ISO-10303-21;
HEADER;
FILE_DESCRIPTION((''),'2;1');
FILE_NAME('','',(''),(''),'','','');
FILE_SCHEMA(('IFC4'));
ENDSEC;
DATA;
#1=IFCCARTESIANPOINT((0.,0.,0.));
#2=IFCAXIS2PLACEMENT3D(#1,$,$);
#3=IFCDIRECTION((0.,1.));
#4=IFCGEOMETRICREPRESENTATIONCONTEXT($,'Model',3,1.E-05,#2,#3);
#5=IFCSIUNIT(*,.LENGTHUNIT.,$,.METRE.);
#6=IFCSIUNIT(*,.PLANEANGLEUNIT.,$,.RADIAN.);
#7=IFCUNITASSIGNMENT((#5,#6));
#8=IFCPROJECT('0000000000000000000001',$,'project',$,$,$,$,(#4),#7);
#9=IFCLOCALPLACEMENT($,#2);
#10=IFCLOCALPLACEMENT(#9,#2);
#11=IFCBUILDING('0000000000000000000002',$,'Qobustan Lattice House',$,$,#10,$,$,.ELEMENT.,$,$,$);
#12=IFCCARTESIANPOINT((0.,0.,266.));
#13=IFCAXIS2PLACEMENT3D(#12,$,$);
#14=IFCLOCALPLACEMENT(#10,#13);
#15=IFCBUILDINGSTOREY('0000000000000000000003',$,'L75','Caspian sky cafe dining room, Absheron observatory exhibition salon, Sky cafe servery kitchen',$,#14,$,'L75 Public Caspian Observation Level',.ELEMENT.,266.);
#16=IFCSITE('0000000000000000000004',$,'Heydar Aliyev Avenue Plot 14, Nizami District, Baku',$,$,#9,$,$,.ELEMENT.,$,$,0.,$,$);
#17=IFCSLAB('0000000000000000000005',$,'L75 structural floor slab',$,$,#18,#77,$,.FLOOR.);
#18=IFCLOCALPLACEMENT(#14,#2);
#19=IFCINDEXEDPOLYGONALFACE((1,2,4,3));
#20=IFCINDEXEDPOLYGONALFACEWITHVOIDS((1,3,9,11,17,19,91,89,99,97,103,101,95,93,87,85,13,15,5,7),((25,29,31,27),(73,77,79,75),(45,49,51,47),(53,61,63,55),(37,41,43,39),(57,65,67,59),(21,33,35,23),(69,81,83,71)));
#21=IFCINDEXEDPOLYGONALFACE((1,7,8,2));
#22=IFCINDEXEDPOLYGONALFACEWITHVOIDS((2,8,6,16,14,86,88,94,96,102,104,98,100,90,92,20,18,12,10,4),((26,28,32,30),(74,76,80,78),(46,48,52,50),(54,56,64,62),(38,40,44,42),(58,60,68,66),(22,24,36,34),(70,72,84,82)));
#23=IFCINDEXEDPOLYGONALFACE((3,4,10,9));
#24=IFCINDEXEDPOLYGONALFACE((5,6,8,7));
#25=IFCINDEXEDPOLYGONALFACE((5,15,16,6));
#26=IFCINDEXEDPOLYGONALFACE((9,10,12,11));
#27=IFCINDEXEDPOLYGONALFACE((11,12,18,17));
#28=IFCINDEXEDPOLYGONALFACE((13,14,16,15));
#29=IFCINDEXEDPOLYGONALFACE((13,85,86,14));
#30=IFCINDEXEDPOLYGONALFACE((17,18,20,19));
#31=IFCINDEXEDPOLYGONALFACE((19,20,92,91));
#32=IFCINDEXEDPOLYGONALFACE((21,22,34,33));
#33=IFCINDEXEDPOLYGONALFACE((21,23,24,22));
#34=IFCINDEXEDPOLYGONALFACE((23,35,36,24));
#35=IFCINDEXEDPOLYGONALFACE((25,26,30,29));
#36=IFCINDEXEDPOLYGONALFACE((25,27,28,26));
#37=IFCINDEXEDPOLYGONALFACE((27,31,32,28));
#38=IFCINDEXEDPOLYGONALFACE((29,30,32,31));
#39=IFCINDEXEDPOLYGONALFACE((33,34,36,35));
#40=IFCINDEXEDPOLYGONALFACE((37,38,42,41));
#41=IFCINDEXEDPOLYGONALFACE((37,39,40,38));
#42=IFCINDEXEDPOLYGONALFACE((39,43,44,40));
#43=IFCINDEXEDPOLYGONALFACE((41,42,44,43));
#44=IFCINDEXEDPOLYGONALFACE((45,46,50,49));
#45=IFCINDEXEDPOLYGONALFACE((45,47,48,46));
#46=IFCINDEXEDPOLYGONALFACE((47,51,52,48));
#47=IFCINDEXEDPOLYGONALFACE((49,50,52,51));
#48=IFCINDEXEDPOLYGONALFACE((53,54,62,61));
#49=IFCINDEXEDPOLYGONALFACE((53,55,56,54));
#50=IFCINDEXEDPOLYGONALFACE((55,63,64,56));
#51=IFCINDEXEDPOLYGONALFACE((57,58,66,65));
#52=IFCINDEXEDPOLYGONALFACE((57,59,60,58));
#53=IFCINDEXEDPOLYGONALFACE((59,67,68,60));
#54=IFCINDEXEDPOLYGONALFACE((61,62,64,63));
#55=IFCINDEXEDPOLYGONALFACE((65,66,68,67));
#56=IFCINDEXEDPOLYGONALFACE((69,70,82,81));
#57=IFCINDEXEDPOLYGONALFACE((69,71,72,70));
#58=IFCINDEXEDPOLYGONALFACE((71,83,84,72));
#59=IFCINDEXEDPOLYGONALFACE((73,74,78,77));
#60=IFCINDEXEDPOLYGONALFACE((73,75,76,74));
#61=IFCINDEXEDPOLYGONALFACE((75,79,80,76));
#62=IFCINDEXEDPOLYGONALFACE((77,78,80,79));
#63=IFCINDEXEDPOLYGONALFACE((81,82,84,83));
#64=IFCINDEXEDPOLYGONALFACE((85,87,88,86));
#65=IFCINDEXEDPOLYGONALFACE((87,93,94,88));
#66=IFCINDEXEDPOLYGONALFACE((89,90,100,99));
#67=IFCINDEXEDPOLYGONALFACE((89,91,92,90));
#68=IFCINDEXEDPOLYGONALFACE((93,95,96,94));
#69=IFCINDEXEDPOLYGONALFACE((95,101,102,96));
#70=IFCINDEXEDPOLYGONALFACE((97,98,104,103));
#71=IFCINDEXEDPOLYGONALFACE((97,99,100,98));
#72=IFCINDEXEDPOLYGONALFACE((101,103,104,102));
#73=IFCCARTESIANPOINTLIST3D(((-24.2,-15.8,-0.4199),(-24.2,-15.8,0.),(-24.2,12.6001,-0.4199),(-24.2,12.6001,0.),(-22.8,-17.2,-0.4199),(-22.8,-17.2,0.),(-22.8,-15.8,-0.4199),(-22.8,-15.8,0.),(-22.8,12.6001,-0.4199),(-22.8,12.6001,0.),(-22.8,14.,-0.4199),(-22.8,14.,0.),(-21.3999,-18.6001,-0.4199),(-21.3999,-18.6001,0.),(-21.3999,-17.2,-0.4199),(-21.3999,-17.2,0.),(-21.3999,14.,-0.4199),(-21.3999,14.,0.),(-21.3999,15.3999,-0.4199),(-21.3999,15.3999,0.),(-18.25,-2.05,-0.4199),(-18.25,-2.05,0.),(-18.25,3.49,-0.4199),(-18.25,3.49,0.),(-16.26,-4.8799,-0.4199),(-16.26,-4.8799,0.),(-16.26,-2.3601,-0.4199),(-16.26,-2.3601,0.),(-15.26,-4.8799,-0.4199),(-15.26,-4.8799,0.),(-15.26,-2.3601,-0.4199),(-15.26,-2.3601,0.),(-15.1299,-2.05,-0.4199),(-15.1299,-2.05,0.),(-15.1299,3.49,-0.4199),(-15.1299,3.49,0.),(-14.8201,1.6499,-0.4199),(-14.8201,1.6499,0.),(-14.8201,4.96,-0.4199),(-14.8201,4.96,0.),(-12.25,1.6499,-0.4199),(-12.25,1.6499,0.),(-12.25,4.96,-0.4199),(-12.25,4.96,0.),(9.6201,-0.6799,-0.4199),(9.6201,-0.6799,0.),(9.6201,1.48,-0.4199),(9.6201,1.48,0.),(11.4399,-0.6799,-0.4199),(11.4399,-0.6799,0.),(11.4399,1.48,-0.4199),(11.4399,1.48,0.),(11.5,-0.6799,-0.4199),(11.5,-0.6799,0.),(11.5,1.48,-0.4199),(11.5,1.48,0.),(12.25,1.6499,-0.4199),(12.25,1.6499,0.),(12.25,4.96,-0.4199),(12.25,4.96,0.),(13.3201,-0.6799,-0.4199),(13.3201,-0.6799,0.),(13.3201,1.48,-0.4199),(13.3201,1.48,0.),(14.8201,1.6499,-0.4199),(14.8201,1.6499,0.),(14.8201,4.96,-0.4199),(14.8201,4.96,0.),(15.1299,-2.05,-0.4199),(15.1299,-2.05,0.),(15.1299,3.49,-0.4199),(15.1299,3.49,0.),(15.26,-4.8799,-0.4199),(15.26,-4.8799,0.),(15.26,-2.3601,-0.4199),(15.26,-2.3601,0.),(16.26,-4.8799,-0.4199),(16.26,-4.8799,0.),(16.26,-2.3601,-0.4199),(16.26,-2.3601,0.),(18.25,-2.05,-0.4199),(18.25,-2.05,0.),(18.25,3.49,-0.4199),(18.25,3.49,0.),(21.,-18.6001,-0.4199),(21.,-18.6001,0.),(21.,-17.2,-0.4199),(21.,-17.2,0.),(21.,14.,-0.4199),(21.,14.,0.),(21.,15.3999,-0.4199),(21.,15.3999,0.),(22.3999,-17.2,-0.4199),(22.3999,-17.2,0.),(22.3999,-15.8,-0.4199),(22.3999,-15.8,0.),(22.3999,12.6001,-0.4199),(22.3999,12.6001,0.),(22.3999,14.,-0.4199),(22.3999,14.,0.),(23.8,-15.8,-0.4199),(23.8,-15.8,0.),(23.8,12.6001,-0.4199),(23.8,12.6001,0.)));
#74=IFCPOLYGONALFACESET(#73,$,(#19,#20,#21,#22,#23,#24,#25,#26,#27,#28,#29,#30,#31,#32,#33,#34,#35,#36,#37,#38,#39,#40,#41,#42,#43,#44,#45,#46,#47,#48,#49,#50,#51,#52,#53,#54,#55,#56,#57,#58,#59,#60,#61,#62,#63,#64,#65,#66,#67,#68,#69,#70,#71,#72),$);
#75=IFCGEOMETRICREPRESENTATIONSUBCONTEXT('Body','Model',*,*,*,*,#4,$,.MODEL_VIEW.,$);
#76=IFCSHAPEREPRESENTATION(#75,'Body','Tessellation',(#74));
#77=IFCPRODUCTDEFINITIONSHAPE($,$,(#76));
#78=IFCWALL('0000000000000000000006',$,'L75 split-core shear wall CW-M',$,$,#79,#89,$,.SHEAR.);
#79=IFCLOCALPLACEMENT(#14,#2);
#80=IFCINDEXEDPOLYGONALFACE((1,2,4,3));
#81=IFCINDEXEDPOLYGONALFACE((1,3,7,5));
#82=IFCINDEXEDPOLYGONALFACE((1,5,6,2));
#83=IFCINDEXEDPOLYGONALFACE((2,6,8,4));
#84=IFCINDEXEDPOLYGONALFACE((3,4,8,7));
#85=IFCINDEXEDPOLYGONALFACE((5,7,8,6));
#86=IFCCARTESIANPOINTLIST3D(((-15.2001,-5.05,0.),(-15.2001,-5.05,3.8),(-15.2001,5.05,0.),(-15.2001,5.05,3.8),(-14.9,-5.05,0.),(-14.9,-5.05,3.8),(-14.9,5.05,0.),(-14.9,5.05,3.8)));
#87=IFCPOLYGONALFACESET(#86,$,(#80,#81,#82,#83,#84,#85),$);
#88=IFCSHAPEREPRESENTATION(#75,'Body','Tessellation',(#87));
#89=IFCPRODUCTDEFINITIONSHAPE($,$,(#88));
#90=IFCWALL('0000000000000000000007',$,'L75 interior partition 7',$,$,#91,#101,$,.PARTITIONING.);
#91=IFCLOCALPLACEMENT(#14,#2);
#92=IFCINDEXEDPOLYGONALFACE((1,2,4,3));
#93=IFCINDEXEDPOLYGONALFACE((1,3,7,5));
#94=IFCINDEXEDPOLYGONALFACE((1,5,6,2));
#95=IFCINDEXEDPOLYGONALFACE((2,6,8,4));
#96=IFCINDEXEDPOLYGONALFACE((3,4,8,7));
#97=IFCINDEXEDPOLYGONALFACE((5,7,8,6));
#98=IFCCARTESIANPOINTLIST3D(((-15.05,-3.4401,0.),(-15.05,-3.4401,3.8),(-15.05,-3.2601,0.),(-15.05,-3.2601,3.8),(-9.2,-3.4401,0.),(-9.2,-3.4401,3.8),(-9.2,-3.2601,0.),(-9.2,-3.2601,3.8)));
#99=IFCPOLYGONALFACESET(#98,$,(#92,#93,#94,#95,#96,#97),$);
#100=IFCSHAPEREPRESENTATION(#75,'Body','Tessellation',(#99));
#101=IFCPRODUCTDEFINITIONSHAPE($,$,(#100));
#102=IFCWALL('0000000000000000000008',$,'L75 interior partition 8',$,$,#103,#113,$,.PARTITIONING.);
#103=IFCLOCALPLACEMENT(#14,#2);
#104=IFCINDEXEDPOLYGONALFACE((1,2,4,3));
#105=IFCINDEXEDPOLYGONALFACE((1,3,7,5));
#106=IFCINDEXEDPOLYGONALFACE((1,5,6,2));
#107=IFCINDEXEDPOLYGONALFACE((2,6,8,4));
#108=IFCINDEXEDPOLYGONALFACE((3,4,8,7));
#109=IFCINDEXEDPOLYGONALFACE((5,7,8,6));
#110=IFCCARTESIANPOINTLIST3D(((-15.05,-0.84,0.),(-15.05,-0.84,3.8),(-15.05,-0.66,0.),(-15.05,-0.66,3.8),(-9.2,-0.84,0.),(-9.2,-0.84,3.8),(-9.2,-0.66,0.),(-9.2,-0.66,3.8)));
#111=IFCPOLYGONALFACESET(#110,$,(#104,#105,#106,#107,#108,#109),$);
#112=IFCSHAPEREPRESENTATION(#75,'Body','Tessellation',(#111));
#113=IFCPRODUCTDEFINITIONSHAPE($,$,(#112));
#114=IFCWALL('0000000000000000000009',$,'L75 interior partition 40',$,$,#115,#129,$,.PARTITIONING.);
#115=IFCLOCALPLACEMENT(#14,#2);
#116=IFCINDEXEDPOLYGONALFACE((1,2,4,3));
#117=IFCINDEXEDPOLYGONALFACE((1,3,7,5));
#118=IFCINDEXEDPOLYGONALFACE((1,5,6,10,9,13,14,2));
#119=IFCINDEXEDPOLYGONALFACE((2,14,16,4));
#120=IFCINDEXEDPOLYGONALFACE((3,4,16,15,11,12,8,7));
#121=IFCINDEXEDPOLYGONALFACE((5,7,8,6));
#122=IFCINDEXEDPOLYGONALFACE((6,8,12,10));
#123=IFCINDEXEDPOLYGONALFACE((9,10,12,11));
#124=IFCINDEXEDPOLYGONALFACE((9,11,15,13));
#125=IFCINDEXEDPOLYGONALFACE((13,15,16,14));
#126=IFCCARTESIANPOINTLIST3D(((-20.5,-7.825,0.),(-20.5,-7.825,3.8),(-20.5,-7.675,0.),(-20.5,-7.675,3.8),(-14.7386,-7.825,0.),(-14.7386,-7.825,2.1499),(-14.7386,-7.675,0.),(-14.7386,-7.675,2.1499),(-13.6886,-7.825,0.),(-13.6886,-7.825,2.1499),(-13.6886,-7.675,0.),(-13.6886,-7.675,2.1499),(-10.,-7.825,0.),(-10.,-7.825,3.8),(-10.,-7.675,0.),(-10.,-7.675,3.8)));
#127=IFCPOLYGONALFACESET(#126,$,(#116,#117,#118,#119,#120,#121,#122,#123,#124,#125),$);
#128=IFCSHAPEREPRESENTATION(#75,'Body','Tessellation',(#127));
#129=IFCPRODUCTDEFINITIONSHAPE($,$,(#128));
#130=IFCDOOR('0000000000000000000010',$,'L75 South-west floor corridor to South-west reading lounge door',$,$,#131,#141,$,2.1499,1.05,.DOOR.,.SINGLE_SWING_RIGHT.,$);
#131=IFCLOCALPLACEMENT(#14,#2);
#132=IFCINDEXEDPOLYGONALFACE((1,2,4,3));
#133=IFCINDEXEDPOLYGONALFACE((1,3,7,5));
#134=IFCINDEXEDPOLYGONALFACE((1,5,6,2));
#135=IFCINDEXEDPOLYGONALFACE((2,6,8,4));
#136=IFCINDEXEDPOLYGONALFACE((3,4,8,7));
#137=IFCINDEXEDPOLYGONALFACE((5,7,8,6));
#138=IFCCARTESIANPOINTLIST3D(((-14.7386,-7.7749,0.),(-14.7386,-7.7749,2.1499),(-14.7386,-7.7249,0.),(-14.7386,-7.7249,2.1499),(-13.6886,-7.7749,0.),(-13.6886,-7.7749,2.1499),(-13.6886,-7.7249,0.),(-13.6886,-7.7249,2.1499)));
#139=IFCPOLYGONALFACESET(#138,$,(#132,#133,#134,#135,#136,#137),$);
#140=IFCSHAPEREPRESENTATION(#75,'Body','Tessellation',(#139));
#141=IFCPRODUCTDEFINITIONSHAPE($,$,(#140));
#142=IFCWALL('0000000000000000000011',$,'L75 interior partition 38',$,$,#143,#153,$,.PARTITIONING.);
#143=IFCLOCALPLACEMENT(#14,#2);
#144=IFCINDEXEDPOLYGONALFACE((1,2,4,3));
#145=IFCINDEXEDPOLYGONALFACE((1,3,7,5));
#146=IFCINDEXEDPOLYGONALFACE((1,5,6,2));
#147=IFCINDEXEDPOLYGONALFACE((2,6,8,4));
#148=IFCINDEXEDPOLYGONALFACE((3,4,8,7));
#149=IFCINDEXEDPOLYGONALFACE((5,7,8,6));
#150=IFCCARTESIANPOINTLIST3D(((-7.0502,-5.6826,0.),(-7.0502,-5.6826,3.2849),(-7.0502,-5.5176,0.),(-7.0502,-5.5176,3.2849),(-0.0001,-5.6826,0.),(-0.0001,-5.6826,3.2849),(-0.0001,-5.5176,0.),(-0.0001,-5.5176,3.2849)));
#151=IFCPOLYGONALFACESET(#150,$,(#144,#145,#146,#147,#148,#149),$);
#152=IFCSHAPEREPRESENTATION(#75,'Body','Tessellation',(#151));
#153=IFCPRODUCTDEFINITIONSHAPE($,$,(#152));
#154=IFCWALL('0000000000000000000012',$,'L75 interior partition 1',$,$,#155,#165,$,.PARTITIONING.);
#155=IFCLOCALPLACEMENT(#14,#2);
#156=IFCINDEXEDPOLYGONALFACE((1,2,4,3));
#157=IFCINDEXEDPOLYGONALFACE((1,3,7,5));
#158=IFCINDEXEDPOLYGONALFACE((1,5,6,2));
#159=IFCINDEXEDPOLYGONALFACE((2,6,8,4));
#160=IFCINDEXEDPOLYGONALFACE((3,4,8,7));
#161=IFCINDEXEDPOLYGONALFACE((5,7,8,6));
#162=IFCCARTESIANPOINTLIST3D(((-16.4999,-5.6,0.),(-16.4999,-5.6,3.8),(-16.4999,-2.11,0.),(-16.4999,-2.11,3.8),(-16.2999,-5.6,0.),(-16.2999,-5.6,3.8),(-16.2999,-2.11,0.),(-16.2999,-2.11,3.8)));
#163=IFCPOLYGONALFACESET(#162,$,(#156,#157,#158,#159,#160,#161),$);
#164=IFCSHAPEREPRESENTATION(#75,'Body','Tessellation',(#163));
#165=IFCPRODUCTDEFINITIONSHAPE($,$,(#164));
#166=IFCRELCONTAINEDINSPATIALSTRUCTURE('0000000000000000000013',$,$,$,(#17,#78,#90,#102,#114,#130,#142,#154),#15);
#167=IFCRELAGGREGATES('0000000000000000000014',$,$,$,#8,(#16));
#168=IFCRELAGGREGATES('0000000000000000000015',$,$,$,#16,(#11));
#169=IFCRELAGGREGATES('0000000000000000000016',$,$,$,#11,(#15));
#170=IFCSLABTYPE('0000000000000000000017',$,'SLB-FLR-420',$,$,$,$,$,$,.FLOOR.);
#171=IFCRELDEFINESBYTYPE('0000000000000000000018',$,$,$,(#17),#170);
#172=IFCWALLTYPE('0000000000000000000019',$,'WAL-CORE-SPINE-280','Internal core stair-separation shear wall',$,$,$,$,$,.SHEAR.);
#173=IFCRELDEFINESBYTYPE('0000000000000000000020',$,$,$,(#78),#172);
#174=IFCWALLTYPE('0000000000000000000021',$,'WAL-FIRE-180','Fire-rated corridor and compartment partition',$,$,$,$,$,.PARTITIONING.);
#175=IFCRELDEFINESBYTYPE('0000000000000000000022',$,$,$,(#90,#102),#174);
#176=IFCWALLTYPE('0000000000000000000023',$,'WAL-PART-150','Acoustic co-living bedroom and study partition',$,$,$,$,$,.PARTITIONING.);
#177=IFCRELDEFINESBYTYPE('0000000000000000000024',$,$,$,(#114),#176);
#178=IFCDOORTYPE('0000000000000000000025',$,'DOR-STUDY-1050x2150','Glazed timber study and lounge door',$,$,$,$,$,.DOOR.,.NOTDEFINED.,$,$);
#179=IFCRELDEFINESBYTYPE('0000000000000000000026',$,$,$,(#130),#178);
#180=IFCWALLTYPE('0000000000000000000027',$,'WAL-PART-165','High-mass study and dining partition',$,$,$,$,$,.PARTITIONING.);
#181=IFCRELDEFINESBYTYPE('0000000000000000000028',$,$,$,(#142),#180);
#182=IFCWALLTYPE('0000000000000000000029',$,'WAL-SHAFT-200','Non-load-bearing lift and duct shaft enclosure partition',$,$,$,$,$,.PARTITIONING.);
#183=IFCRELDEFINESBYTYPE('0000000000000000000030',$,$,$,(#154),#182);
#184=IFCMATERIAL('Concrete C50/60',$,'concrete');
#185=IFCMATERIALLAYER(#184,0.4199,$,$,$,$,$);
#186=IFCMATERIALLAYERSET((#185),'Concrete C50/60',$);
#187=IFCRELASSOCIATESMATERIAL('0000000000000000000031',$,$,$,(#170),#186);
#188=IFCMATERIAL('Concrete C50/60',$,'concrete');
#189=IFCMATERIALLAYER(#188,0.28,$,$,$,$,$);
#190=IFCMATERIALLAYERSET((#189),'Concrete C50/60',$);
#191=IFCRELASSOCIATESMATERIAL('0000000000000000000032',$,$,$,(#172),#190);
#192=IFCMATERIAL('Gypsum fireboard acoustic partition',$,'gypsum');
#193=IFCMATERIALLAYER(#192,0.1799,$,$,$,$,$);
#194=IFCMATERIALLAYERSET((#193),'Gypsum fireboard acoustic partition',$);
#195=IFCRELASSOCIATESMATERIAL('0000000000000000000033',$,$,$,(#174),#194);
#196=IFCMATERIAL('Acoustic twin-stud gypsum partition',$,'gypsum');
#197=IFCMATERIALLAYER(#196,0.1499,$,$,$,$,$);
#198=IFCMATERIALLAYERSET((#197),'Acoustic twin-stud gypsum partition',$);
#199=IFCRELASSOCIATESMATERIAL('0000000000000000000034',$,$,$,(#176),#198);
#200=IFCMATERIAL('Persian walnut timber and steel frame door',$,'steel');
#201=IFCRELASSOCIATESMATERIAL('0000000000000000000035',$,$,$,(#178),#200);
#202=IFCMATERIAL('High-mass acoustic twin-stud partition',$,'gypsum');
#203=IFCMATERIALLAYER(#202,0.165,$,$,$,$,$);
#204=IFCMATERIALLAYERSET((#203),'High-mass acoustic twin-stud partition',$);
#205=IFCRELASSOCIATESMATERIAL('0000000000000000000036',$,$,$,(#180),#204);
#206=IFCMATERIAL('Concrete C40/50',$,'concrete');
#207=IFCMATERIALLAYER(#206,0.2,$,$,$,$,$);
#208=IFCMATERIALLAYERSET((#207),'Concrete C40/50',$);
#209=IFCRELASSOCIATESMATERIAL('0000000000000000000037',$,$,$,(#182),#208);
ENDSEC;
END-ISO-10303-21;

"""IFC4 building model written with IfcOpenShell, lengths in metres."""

from ifc_helpers import new_model, si_unit, direction, frame, frame_2d, origin, place, context, subcontext, project, spatial, polyline, rectangle, outline, extrude, material, layer, layer_set, type_object, element, fill, save


model = new_model("IFC4")

# Units and contexts
model_context = context("Model", 3, precision=1e-05, world=origin(), true_north=direction((0.0, 1.0)))
body_context = subcontext(model_context, "Body", "Model", "MODEL_VIEW")
ifc_project = project(units=[si_unit("LENGTHUNIT", "METRE"), si_unit("PLANEANGLEUNIT", "RADIAN")], contexts=[model_context])

# Site, building, storey
site_placement = place(None, origin())
site = spatial("IfcSite", under=ifc_project, at=site_placement, Name="Heydar Aliyev Avenue Plot 14, Nizami District, Baku", CompositionType="ELEMENT", RefElevation=0.0)
building_placement = place(site_placement, origin())
building = spatial("IfcBuilding", under=site, at=building_placement, Name="Qobustan Lattice House", CompositionType="ELEMENT")
storey_placement = place(building_placement, frame((0.0, 0.0, 266.0)))
storey = spatial("IfcBuildingStorey", under=building, at=storey_placement, Name="L75", Description="Caspian sky cafe dining room, Absheron observatory exhibition salon, Sky cafe servery kitchen", LongName="L75 Public Caspian Observation Level", CompositionType="ELEMENT", Elevation=266.0)

# Slab
ifc_material_1 = material(Name="Concrete C50/60", Category="concrete")
ifc_layer_1 = layer(ifc_material_1, 0.4199)
ifc_layer_set_1 = layer_set([ifc_layer_1], Name="Concrete C50/60")
slab_type = type_object("IfcSlabType", Name="SLB-FLR-420", PredefinedType="FLOOR", material=ifc_layer_set_1)
slab_placement = place(storey_placement, frame((0.0, 0.0, -0.4199)))
element("IfcSlab", 1, at=slab_placement, inside=storey, type_object=slab_type, Name="L75 structural floor slab", PredefinedType="FLOOR", context=body_context, shape_type="SweptSolid", body=[
    extrude(outline(polyline([(-21.3999, -18.6001), (21.0, -18.6001), (21.0, -17.2), (22.3999, -17.2), (22.3999, -15.8), (23.8, -15.8), (23.8, 12.6001), (22.3999, 12.6001), (22.3999, 14.0), (21.0, 14.0), (21.0, 15.3999), (-21.3999, 15.3999), (-21.3999, 14.0), (-22.8, 14.0), (-22.8, 12.6001), (-24.2, 12.6001), (-24.2, -15.8), (-22.8, -15.8), (-22.8, -17.2), (-21.3999, -17.2), (-21.3999, -18.6001)]), holes=[polyline([(-18.25, -2.05), (-18.25, 3.49), (-15.1299, 3.49), (-15.1299, -2.05), (-18.25, -2.05)]), polyline([(15.1299, -2.05), (15.1299, 3.49), (18.25, 3.49), (18.25, -2.05), (15.1299, -2.05)]), polyline([(-14.8201, 1.6499), (-14.8201, 4.96), (-12.25, 4.96), (-12.25, 1.6499), (-14.8201, 1.6499)]), polyline([(12.25, 1.6499), (12.25, 4.96), (14.8201, 4.96), (14.8201, 1.6499), (12.25, 1.6499)]), polyline([(-16.26, -4.8799), (-16.26, -2.3601), (-15.26, -2.3601), (-15.26, -4.8799), (-16.26, -4.8799)]), polyline([(15.26, -4.8799), (15.26, -2.3601), (16.26, -2.3601), (16.26, -4.8799), (15.26, -4.8799)]), polyline([(9.6201, -0.6799), (9.6201, 1.48), (11.4399, 1.48), (11.4399, -0.6799), (9.6201, -0.6799)]), polyline([(11.5, -0.6799), (11.5, 1.48), (13.3201, 1.48), (13.3201, -0.6799), (11.5, -0.6799)])]), origin(), (0.0, 0.0, 1.0), 0.4199),
])

# Walls
ifc_material_2 = material(Name="Concrete C50/60", Category="concrete")
ifc_layer_2 = layer(ifc_material_2, 0.28)
ifc_layer_set_2 = layer_set([ifc_layer_2], Name="Concrete C50/60")
wall_type_1 = type_object("IfcWallType", Name="WAL-CORE-SPINE-280", Description="Internal core stair-separation shear wall", PredefinedType="SHEAR", material=ifc_layer_set_2)
wall_1_placement = place(storey_placement, frame((-15.05, -5.05, 0.0), z_axis=(0.0, 0.0, 1.0), x_axis=(0.0, 1.0, 0.0)))
element("IfcWall", 2, at=wall_1_placement, inside=storey, type_object=wall_type_1, Name="L75 split-core shear wall CW-M", PredefinedType="SHEAR", context=body_context, shape_type="SweptSolid", body=[
    extrude(rectangle(XDim=10.1001, YDim=0.3, at=frame_2d((5.05, 0.0))), origin(), (0.0, 0.0, 1.0), 3.8),
])
ifc_material_3 = material(Name="Gypsum fireboard acoustic partition", Category="gypsum")
ifc_layer_3 = layer(ifc_material_3, 0.1799)
ifc_layer_set_3 = layer_set([ifc_layer_3], Name="Gypsum fireboard acoustic partition")
wall_type_2 = type_object("IfcWallType", Name="WAL-FIRE-180", Description="Fire-rated corridor and compartment partition", PredefinedType="PARTITIONING", material=ifc_layer_set_3)
for number, where, z_axis, x_axis, name in (
    (3, (-15.05, -3.3501, 0.0), (0.0, 0.0, 1.0), (1.0, 0.0, 0.0), "L75 interior partition 7"),
    (4, (-9.2, -0.75, 0.0), (0.0, 0.0, 1.0), (-1.0, 0.0, 0.0), "L75 interior partition 8"),
):
    element("IfcWall", number, at=place(storey_placement, frame(where, z_axis=z_axis, x_axis=x_axis)), inside=storey, type_object=wall_type_2, Name=name, PredefinedType="PARTITIONING", context=body_context, shape_type="SweptSolid", body=[
        extrude(rectangle(XDim=5.8501, YDim=0.1799, at=frame_2d((2.925, 0.0))), origin(), (0.0, 0.0, 1.0), 3.8),
    ])

# Wall, opening, door
ifc_material_4 = material(Name="Acoustic twin-stud gypsum partition", Category="gypsum")
ifc_layer_4 = layer(ifc_material_4, 0.1499)
ifc_layer_set_4 = layer_set([ifc_layer_4], Name="Acoustic twin-stud gypsum partition")
wall_type_3 = type_object("IfcWallType", Name="WAL-PART-150", Description="Acoustic co-living bedroom and study partition", PredefinedType="PARTITIONING", material=ifc_layer_set_4)
wall_2_placement = place(storey_placement, frame((-10.0, -7.75, 0.0), z_axis=(0.0, 0.0, 1.0), x_axis=(-1.0, 0.0, 0.0)))
wall_2 = element("IfcWall", 5, at=wall_2_placement, inside=storey, type_object=wall_type_3, Name="L75 interior partition 40", PredefinedType="PARTITIONING", context=body_context, shape_type="SweptSolid", body=[
    extrude(rectangle(XDim=10.5, YDim=0.1499, at=frame_2d((5.25, 0.0))), origin(), (0.0, 0.0, 1.0), 3.8),
])
opening_1_placement = place(wall_2_placement, frame((3.6887, 0.0, 0.0)))
opening_1 = element("IfcOpeningElement", 6, at=opening_1_placement, cuts=wall_2, PredefinedType="OPENING", context=body_context, shape_type="SweptSolid", body=[
    extrude(rectangle(XDim=1.05, YDim=2.1499, at=frame_2d((0.5249, 1.075))), frame((0.0, 0.085, 0.0), z_axis=(0.0, -1.0, 0.0), x_axis=(1.0, 0.0, 0.0)), (0.0, 0.0, 1.0), 0.1699),
])
ifc_material_5 = material(Name="Persian walnut timber and steel frame door", Category="steel")
door_type_1 = type_object("IfcDoorType", Name="DOR-STUDY-1050x2150", Description="Glazed timber study and lounge door", OperationType="NOTDEFINED", PredefinedType="DOOR", material=ifc_material_5)
door_1_placement = place(opening_1_placement, origin())
door_1 = element("IfcDoor", 7, at=door_1_placement, inside=storey, type_object=door_type_1, Name="L75 South-west floor corridor to South-west reading lounge door", OperationType="SINGLE_SWING_RIGHT", OverallHeight=2.1499, OverallWidth=1.05, PredefinedType="DOOR", context=body_context, shape_type="SweptSolid", body=[
    extrude(rectangle(XDim=1.05, YDim=2.1499, at=frame_2d((0.5249, 1.075))), frame((0.0, 0.0249, 0.0), z_axis=(0.0, -1.0, 0.0), x_axis=(1.0, 0.0, 0.0)), (0.0, 0.0, 1.0), 0.05),
])
fill(opening_1, door_1)

# Walls
ifc_material_6 = material(Name="High-mass acoustic twin-stud partition", Category="gypsum")
ifc_layer_5 = layer(ifc_material_6, 0.165)
ifc_layer_set_5 = layer_set([ifc_layer_5], Name="High-mass acoustic twin-stud partition")
wall_type_4 = type_object("IfcWallType", Name="WAL-PART-165", Description="High-mass study and dining partition", PredefinedType="PARTITIONING", material=ifc_layer_set_5)
wall_3_placement = place(storey_placement, frame((-7.05, -5.6001, 0.0), z_axis=(0.0, 0.0, 1.0), x_axis=(1.0, 0.0, 0.0)))
element("IfcWall", 8, at=wall_3_placement, inside=storey, type_object=wall_type_4, Name="L75 interior partition 38", PredefinedType="PARTITIONING", context=body_context, shape_type="SweptSolid", body=[
    extrude(rectangle(XDim=7.05, YDim=0.165, at=frame_2d((3.5249, 0.0))), origin(), (0.0, 0.0, 1.0), 3.2849),
])
ifc_material_7 = material(Name="Concrete C40/50", Category="concrete")
ifc_layer_6 = layer(ifc_material_7, 0.2)
ifc_layer_set_6 = layer_set([ifc_layer_6], Name="Concrete C40/50")
wall_type_5 = type_object("IfcWallType", Name="WAL-SHAFT-200", Description="Non-load-bearing lift and duct shaft enclosure partition", PredefinedType="PARTITIONING", material=ifc_layer_set_6)
wall_4_placement = place(storey_placement, frame((-16.3999, -5.6001, 0.0), z_axis=(0.0, 0.0, 1.0), x_axis=(0.0, 1.0, 0.0)))
element("IfcWall", 9, at=wall_4_placement, inside=storey, type_object=wall_type_5, Name="L75 interior partition 1", PredefinedType="PARTITIONING", context=body_context, shape_type="SweptSolid", body=[
    extrude(rectangle(XDim=3.49, YDim=0.2, at=frame_2d((1.7451, 0.0))), origin(), (0.0, 0.0, 1.0), 3.8),
])

save(model, "model.ifc")
